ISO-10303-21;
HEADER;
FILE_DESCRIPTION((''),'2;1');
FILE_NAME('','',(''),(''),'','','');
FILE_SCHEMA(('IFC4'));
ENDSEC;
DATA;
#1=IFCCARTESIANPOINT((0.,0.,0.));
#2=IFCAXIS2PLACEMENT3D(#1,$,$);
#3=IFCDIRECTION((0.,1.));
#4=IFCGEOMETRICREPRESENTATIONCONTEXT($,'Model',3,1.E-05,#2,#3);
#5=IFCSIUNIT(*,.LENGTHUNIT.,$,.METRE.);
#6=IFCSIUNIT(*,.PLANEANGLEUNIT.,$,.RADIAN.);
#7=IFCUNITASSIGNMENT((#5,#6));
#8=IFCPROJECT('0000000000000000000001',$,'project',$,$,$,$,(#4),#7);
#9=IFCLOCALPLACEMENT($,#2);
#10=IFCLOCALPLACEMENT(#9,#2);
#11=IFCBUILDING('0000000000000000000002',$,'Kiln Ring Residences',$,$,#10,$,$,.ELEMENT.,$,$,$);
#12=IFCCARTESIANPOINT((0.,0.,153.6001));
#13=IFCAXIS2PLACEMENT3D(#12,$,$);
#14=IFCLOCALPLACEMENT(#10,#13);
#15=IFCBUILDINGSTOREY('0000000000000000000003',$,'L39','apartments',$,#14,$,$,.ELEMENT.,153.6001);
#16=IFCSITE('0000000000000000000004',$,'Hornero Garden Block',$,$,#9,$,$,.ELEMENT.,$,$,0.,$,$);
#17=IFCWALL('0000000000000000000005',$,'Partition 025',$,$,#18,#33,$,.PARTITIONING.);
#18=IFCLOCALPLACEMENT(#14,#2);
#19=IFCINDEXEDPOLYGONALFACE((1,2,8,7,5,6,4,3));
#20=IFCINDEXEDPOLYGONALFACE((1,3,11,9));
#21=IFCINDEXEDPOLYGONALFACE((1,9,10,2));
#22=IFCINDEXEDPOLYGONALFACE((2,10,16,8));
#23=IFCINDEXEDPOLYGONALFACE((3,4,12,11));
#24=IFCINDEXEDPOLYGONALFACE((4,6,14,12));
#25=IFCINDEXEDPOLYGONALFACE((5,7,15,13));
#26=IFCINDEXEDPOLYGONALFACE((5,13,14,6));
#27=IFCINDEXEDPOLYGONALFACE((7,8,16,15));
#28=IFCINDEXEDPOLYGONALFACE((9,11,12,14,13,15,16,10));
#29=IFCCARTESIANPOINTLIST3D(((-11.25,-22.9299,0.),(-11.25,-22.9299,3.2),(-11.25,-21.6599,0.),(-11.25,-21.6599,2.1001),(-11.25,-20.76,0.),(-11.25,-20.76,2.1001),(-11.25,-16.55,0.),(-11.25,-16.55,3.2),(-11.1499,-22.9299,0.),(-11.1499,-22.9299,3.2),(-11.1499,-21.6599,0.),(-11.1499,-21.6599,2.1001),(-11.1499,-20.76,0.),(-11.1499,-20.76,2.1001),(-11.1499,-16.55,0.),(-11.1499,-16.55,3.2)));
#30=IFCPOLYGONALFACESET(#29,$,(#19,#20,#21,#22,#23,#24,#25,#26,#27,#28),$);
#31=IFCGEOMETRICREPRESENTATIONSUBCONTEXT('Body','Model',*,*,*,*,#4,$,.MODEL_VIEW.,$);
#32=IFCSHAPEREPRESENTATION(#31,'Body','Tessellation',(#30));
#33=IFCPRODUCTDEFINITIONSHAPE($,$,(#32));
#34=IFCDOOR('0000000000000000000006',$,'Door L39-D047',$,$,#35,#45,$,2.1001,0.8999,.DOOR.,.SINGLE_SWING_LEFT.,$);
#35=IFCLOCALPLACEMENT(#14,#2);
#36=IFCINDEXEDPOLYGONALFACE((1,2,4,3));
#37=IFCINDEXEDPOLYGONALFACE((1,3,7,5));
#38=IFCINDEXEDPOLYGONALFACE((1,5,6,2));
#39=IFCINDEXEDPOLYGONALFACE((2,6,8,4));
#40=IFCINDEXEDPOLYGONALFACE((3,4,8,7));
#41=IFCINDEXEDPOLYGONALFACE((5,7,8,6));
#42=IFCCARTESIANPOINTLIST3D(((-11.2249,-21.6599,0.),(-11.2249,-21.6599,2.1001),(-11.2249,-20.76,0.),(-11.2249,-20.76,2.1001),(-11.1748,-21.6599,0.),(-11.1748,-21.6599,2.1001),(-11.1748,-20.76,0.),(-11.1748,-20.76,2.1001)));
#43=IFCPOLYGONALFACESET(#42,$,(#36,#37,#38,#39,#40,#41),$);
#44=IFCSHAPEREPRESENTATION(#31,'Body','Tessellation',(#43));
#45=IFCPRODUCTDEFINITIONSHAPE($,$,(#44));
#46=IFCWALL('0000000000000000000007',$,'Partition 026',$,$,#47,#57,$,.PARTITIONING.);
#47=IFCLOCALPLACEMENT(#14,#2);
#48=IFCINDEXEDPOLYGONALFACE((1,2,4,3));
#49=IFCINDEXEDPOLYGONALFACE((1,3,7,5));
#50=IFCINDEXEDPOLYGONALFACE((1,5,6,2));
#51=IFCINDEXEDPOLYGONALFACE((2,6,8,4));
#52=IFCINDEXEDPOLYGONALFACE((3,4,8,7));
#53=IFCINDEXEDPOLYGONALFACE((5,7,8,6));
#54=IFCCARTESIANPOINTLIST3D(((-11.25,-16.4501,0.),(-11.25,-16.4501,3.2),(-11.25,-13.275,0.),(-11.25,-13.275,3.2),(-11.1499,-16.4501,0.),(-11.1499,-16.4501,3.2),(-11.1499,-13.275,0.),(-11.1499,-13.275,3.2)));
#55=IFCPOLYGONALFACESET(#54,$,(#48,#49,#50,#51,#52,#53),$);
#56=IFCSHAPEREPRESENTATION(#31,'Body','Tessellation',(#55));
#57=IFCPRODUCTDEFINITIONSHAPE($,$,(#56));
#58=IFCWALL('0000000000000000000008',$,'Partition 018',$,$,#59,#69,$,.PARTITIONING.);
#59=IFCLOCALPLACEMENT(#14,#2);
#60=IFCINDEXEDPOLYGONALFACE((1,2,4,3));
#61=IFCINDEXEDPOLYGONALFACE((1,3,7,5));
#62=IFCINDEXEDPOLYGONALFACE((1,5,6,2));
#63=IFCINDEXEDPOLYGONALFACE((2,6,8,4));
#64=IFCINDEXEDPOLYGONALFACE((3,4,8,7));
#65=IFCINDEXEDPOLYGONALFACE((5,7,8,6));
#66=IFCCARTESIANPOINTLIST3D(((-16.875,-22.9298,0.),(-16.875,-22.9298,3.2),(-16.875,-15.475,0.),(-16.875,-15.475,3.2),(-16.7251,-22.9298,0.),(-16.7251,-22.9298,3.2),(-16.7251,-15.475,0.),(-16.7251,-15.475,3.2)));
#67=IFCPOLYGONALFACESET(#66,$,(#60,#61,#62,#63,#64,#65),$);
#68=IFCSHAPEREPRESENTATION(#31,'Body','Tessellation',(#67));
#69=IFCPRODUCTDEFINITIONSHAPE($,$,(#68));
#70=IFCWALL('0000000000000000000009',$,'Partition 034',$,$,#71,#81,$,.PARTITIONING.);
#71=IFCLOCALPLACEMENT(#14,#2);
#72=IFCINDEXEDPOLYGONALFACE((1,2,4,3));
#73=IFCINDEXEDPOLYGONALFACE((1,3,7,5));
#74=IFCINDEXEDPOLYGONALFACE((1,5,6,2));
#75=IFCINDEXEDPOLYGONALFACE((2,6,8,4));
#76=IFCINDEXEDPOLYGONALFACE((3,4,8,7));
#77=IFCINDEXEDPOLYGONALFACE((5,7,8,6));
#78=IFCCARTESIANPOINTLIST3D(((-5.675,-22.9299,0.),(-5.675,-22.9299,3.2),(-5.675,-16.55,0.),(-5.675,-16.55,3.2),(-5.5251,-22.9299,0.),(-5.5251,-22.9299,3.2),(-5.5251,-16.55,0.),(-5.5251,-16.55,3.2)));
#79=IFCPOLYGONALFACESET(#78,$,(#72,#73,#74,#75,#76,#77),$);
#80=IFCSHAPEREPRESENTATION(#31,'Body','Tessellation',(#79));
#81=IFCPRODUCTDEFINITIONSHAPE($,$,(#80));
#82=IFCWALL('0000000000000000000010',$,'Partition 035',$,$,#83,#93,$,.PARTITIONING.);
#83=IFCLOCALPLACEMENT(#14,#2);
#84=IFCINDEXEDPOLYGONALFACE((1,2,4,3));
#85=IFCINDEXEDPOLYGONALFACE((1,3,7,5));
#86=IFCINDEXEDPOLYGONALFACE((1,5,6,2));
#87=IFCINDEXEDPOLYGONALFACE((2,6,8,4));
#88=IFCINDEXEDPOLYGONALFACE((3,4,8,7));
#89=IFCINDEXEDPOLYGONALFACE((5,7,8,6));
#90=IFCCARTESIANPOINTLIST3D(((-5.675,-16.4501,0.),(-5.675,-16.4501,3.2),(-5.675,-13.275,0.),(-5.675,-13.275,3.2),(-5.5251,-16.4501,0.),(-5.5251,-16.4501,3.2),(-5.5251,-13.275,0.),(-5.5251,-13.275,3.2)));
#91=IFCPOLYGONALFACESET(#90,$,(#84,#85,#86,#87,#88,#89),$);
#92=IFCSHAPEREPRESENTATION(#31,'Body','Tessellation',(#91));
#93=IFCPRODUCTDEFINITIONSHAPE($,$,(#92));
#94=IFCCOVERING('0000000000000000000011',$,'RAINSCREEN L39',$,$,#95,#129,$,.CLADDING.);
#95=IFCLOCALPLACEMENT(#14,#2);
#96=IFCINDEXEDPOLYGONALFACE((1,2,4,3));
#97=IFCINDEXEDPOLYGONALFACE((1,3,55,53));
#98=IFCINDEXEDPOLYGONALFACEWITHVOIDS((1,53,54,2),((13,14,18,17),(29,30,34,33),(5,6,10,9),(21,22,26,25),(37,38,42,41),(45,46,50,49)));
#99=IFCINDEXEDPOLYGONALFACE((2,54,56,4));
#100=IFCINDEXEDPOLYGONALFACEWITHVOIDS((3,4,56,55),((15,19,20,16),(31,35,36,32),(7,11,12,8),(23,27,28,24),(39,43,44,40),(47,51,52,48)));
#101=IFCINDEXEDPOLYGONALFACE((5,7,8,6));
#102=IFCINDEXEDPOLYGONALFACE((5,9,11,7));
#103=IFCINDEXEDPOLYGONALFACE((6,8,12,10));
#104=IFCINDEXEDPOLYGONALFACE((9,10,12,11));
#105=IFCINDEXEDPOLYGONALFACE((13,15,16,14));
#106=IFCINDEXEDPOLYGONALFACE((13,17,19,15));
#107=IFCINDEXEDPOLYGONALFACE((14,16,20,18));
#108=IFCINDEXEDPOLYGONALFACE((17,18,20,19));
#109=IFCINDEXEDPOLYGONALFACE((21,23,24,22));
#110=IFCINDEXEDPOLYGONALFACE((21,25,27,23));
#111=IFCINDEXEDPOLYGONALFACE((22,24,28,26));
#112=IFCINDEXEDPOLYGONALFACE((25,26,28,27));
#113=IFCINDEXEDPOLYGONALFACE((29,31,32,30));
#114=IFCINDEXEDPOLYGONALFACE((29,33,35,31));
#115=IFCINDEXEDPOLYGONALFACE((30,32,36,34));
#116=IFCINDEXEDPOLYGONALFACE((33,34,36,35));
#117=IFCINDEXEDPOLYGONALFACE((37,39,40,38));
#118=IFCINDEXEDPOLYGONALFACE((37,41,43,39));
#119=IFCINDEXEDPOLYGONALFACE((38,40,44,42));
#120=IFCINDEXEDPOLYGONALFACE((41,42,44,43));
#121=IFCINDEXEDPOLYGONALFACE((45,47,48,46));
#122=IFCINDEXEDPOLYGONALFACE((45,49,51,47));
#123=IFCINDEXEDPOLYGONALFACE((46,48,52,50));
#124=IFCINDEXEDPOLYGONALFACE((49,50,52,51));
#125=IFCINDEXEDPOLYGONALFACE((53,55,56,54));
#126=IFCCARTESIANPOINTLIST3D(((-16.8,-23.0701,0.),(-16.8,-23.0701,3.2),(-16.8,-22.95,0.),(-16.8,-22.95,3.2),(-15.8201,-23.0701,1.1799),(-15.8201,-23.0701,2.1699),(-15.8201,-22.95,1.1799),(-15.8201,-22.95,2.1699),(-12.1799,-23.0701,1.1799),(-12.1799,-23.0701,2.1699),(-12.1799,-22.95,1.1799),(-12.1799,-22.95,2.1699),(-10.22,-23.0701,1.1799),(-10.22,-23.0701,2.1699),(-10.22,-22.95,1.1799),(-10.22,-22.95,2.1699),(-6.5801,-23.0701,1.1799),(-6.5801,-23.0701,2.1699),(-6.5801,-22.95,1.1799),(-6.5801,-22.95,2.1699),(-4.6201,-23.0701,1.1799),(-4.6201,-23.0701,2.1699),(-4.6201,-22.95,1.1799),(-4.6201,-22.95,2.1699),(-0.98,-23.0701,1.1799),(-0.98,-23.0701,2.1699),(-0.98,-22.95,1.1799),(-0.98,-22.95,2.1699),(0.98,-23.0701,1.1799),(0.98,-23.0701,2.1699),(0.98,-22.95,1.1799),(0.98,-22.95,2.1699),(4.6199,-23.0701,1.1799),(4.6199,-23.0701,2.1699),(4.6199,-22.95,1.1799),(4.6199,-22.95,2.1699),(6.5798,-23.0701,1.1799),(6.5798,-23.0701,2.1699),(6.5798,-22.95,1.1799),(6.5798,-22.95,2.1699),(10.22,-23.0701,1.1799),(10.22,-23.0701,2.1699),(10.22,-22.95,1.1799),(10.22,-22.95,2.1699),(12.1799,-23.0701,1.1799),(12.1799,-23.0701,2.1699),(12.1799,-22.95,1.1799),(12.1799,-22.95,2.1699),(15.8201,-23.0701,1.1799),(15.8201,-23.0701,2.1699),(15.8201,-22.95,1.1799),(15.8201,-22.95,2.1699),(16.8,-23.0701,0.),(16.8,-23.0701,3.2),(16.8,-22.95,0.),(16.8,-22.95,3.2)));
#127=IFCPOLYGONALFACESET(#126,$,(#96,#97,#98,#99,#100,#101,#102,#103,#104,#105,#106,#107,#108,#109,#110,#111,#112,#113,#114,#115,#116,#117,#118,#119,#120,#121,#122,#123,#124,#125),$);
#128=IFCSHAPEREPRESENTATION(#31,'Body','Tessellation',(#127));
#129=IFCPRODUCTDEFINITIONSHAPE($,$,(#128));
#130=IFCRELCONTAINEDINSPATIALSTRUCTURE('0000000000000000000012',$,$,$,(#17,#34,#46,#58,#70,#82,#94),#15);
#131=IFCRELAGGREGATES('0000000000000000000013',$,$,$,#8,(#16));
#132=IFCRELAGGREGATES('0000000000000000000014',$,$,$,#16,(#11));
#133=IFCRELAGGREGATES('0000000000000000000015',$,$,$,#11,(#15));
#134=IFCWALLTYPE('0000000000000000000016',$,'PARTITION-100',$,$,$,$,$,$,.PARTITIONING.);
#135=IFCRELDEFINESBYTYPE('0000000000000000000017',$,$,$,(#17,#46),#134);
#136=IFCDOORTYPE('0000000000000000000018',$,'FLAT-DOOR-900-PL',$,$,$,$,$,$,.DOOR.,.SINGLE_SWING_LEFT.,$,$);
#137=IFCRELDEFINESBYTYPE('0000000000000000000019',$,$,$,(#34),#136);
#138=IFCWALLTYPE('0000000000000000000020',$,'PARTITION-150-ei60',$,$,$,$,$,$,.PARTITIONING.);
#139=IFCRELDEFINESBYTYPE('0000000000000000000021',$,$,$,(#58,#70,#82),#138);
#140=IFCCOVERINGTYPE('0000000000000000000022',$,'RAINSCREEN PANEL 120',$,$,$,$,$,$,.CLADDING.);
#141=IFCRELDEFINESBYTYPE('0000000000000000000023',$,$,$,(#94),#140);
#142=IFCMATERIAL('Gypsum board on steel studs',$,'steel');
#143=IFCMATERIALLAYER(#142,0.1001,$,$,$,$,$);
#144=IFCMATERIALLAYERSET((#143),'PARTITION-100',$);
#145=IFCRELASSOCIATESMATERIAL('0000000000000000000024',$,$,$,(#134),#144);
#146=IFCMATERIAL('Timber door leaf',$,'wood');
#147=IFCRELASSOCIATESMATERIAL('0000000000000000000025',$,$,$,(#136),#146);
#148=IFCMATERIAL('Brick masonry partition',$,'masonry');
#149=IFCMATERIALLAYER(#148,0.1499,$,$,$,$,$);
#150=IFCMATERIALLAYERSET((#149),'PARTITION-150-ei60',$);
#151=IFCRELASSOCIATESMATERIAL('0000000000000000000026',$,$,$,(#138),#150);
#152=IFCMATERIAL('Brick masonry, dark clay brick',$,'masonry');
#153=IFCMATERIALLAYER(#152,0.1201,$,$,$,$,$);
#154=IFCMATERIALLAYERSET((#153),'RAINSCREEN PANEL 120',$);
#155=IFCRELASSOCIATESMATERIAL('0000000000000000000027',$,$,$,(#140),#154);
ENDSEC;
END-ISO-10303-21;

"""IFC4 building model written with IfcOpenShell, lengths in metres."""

from ifc_helpers import new_model, si_unit, direction, frame, frame_2d, origin, place, context, subcontext, project, spatial, polyline, rectangle, outline, extrude, material, layer, layer_set, type_object, element, fill, save


model = new_model("IFC4")

# Units and contexts
model_context = context("Model", 3, precision=1e-05, world=origin(), true_north=direction((0.0, 1.0)))
body_context = subcontext(model_context, "Body", "Model", "MODEL_VIEW")
ifc_project = project(units=[si_unit("LENGTHUNIT", "METRE"), si_unit("PLANEANGLEUNIT", "RADIAN")], contexts=[model_context])

# Site, building, storey
site_placement = place(None, origin())
site = spatial("IfcSite", under=ifc_project, at=site_placement, Name="Hornero Garden Block", CompositionType="ELEMENT", RefElevation=0.0)
building_placement = place(site_placement, origin())
building = spatial("IfcBuilding", under=site, at=building_placement, Name="Kiln Ring Residences", CompositionType="ELEMENT")
storey_placement = place(building_placement, frame((0.0, 0.0, 153.6001)))
storey = spatial("IfcBuildingStorey", under=building, at=storey_placement, Name="L39", Description="apartments", CompositionType="ELEMENT", Elevation=153.6001)

# Shared definitions
ifc_material_1 = material(Name="Gypsum board on steel studs", Category="steel")
ifc_layer_1 = layer(ifc_material_1, 0.1001)
ifc_layer_set_1 = layer_set([ifc_layer_1], Name="PARTITION-100")
wall_type_1 = type_object("IfcWallType", Name="PARTITION-100", PredefinedType="PARTITIONING", material=ifc_layer_set_1)
ifc_material_2 = material(Name="Timber door leaf", Category="wood")
door_type_1 = type_object("IfcDoorType", Name="FLAT-DOOR-900-PL", OperationType="SINGLE_SWING_LEFT", PredefinedType="DOOR", material=ifc_material_2)

# Wall, opening, door
wall_1_placement = place(storey_placement, frame((-11.2, -22.9299, 0.0), z_axis=(0.0, 0.0, 1.0), x_axis=(0.0, 1.0, 0.0)))
wall_1 = element("IfcWall", 1, at=wall_1_placement, inside=storey, type_object=wall_type_1, Name="Partition 025", PredefinedType="PARTITIONING", context=body_context, shape_type="SweptSolid", body=[
    extrude(rectangle(XDim=6.3799, YDim=0.1001, at=frame_2d((3.1899, 0.0))), origin(), (0.0, 0.0, 1.0), 3.2),
])
opening_1_placement = place(wall_1_placement, frame((1.27, 0.0, 0.0)))
opening_1 = element("IfcOpeningElement", 2, at=opening_1_placement, cuts=wall_1, PredefinedType="OPENING", context=body_context, shape_type="SweptSolid", body=[
    extrude(rectangle(XDim=0.8999, YDim=2.1001, at=frame_2d((0.45, 1.05))), frame((0.0, 0.0601, 0.0), z_axis=(0.0, -1.0, 0.0), x_axis=(1.0, 0.0, 0.0)), (0.0, 0.0, 1.0), 0.1201),
])
door_1_placement = place(opening_1_placement, origin())
door_1 = element("IfcDoor", 3, at=door_1_placement, inside=storey, type_object=door_type_1, Name="Door L39-D047", OperationType="SINGLE_SWING_LEFT", OverallHeight=2.1001, OverallWidth=0.8999, PredefinedType="DOOR", context=body_context, shape_type="SweptSolid", body=[
    extrude(rectangle(XDim=0.8999, YDim=2.1001, at=frame_2d((0.45, 1.05))), frame((0.0, 0.0249, 0.0), z_axis=(0.0, -1.0, 0.0), x_axis=(1.0, 0.0, 0.0)), (0.0, 0.0, 1.0), 0.05),
])
fill(opening_1, door_1)

# Walls
wall_2_placement = place(storey_placement, frame((-11.2, -16.45, 0.0), z_axis=(0.0, 0.0, 1.0), x_axis=(0.0, 1.0, 0.0)))
element("IfcWall", 4, at=wall_2_placement, inside=storey, type_object=wall_type_1, Name="Partition 026", PredefinedType="PARTITIONING", context=body_context, shape_type="SweptSolid", body=[
    extrude(rectangle(XDim=3.175, YDim=0.1001, at=frame_2d((1.5874, 0.0))), origin(), (0.0, 0.0, 1.0), 3.2),
])
ifc_material_3 = material(Name="Brick masonry partition", Category="masonry")
ifc_layer_2 = layer(ifc_material_3, 0.1499)
ifc_layer_set_2 = layer_set([ifc_layer_2], Name="PARTITION-150-ei60")
wall_type_2 = type_object("IfcWallType", Name="PARTITION-150-ei60", PredefinedType="PARTITIONING", material=ifc_layer_set_2)
wall_3_placement = place(storey_placement, frame((-16.8, -22.9299, 0.0), z_axis=(0.0, 0.0, 1.0), x_axis=(0.0, 1.0, 0.0)))
element("IfcWall", 5, at=wall_3_placement, inside=storey, type_object=wall_type_2, Name="Partition 018", PredefinedType="PARTITIONING", context=body_context, shape_type="SweptSolid", body=[
    extrude(rectangle(XDim=7.4548, YDim=0.1499, at=frame_2d((3.7275, 0.0))), origin(), (0.0, 0.0, 1.0), 3.2),
])
wall_4_placement = place(storey_placement, frame((-5.6001, -22.9299, 0.0), z_axis=(0.0, 0.0, 1.0), x_axis=(0.0, 1.0, 0.0)))
element("IfcWall", 6, at=wall_4_placement, inside=storey, type_object=wall_type_2, Name="Partition 034", PredefinedType="PARTITIONING", context=body_context, shape_type="SweptSolid", body=[
    extrude(rectangle(XDim=6.3799, YDim=0.1499, at=frame_2d((3.1899, 0.0))), origin(), (0.0, 0.0, 1.0), 3.2),
])
wall_5_placement = place(storey_placement, frame((-5.6001, -16.45, 0.0), z_axis=(0.0, 0.0, 1.0), x_axis=(0.0, 1.0, 0.0)))
element("IfcWall", 7, at=wall_5_placement, inside=storey, type_object=wall_type_2, Name="Partition 035", PredefinedType="PARTITIONING", context=body_context, shape_type="SweptSolid", body=[
    extrude(rectangle(XDim=3.175, YDim=0.1499, at=frame_2d((1.5874, 0.0))), origin(), (0.0, 0.0, 1.0), 3.2),
])

# Covering
ifc_material_4 = material(Name="Brick masonry, dark clay brick", Category="masonry")
ifc_layer_3 = layer(ifc_material_4, 0.1201)
ifc_layer_set_3 = layer_set([ifc_layer_3], Name="RAINSCREEN PANEL 120")
covering_type = type_object("IfcCoveringType", Name="RAINSCREEN PANEL 120", PredefinedType="CLADDING", material=ifc_layer_set_3)
covering_placement = place(storey_placement, frame((-16.8, -23.01, 0.0), z_axis=(0.0, 0.0, 1.0), x_axis=(1.0, 0.0, 0.0)))
element("IfcCovering", 8, at=covering_placement, inside=storey, type_object=covering_type, Name="RAINSCREEN L39", PredefinedType="CLADDING", context=body_context, shape_type="SweptSolid", body=[
    extrude(outline(polyline([(0.0, 0.0), (33.6001, 0.0), (33.6001, 3.2), (0.0, 3.2), (0.0, 0.0)]), holes=[polyline([(4.6201, 1.1799), (4.6201, 2.1699), (0.98, 2.1699), (0.98, 1.1799), (4.6201, 1.1799)]), polyline([(6.5801, 1.1799), (10.22, 1.1799), (10.22, 2.1699), (6.5801, 2.1699), (6.5801, 1.1799)]), polyline([(12.1799, 1.1799), (15.8201, 1.1799), (15.8201, 2.1699), (12.1799, 2.1699), (12.1799, 1.1799)]), polyline([(21.4199, 1.1799), (21.4199, 2.1699), (17.78, 2.1699), (17.78, 1.1799), (21.4199, 1.1799)]), polyline([(23.3799, 1.1799), (27.02, 1.1799), (27.02, 2.1699), (23.3799, 2.1699), (23.3799, 1.1799)]), polyline([(28.98, 1.1799), (32.6201, 1.1799), (32.6201, 2.1699), (28.98, 2.1699), (28.98, 1.1799)])]), frame((0.0, 0.0601, 0.0), z_axis=(0.0, -1.0, 0.0), x_axis=(1.0, 0.0, 0.0)), (0.0, 0.0, 1.0), 0.1201),
])

save(model, "model.ifc")
